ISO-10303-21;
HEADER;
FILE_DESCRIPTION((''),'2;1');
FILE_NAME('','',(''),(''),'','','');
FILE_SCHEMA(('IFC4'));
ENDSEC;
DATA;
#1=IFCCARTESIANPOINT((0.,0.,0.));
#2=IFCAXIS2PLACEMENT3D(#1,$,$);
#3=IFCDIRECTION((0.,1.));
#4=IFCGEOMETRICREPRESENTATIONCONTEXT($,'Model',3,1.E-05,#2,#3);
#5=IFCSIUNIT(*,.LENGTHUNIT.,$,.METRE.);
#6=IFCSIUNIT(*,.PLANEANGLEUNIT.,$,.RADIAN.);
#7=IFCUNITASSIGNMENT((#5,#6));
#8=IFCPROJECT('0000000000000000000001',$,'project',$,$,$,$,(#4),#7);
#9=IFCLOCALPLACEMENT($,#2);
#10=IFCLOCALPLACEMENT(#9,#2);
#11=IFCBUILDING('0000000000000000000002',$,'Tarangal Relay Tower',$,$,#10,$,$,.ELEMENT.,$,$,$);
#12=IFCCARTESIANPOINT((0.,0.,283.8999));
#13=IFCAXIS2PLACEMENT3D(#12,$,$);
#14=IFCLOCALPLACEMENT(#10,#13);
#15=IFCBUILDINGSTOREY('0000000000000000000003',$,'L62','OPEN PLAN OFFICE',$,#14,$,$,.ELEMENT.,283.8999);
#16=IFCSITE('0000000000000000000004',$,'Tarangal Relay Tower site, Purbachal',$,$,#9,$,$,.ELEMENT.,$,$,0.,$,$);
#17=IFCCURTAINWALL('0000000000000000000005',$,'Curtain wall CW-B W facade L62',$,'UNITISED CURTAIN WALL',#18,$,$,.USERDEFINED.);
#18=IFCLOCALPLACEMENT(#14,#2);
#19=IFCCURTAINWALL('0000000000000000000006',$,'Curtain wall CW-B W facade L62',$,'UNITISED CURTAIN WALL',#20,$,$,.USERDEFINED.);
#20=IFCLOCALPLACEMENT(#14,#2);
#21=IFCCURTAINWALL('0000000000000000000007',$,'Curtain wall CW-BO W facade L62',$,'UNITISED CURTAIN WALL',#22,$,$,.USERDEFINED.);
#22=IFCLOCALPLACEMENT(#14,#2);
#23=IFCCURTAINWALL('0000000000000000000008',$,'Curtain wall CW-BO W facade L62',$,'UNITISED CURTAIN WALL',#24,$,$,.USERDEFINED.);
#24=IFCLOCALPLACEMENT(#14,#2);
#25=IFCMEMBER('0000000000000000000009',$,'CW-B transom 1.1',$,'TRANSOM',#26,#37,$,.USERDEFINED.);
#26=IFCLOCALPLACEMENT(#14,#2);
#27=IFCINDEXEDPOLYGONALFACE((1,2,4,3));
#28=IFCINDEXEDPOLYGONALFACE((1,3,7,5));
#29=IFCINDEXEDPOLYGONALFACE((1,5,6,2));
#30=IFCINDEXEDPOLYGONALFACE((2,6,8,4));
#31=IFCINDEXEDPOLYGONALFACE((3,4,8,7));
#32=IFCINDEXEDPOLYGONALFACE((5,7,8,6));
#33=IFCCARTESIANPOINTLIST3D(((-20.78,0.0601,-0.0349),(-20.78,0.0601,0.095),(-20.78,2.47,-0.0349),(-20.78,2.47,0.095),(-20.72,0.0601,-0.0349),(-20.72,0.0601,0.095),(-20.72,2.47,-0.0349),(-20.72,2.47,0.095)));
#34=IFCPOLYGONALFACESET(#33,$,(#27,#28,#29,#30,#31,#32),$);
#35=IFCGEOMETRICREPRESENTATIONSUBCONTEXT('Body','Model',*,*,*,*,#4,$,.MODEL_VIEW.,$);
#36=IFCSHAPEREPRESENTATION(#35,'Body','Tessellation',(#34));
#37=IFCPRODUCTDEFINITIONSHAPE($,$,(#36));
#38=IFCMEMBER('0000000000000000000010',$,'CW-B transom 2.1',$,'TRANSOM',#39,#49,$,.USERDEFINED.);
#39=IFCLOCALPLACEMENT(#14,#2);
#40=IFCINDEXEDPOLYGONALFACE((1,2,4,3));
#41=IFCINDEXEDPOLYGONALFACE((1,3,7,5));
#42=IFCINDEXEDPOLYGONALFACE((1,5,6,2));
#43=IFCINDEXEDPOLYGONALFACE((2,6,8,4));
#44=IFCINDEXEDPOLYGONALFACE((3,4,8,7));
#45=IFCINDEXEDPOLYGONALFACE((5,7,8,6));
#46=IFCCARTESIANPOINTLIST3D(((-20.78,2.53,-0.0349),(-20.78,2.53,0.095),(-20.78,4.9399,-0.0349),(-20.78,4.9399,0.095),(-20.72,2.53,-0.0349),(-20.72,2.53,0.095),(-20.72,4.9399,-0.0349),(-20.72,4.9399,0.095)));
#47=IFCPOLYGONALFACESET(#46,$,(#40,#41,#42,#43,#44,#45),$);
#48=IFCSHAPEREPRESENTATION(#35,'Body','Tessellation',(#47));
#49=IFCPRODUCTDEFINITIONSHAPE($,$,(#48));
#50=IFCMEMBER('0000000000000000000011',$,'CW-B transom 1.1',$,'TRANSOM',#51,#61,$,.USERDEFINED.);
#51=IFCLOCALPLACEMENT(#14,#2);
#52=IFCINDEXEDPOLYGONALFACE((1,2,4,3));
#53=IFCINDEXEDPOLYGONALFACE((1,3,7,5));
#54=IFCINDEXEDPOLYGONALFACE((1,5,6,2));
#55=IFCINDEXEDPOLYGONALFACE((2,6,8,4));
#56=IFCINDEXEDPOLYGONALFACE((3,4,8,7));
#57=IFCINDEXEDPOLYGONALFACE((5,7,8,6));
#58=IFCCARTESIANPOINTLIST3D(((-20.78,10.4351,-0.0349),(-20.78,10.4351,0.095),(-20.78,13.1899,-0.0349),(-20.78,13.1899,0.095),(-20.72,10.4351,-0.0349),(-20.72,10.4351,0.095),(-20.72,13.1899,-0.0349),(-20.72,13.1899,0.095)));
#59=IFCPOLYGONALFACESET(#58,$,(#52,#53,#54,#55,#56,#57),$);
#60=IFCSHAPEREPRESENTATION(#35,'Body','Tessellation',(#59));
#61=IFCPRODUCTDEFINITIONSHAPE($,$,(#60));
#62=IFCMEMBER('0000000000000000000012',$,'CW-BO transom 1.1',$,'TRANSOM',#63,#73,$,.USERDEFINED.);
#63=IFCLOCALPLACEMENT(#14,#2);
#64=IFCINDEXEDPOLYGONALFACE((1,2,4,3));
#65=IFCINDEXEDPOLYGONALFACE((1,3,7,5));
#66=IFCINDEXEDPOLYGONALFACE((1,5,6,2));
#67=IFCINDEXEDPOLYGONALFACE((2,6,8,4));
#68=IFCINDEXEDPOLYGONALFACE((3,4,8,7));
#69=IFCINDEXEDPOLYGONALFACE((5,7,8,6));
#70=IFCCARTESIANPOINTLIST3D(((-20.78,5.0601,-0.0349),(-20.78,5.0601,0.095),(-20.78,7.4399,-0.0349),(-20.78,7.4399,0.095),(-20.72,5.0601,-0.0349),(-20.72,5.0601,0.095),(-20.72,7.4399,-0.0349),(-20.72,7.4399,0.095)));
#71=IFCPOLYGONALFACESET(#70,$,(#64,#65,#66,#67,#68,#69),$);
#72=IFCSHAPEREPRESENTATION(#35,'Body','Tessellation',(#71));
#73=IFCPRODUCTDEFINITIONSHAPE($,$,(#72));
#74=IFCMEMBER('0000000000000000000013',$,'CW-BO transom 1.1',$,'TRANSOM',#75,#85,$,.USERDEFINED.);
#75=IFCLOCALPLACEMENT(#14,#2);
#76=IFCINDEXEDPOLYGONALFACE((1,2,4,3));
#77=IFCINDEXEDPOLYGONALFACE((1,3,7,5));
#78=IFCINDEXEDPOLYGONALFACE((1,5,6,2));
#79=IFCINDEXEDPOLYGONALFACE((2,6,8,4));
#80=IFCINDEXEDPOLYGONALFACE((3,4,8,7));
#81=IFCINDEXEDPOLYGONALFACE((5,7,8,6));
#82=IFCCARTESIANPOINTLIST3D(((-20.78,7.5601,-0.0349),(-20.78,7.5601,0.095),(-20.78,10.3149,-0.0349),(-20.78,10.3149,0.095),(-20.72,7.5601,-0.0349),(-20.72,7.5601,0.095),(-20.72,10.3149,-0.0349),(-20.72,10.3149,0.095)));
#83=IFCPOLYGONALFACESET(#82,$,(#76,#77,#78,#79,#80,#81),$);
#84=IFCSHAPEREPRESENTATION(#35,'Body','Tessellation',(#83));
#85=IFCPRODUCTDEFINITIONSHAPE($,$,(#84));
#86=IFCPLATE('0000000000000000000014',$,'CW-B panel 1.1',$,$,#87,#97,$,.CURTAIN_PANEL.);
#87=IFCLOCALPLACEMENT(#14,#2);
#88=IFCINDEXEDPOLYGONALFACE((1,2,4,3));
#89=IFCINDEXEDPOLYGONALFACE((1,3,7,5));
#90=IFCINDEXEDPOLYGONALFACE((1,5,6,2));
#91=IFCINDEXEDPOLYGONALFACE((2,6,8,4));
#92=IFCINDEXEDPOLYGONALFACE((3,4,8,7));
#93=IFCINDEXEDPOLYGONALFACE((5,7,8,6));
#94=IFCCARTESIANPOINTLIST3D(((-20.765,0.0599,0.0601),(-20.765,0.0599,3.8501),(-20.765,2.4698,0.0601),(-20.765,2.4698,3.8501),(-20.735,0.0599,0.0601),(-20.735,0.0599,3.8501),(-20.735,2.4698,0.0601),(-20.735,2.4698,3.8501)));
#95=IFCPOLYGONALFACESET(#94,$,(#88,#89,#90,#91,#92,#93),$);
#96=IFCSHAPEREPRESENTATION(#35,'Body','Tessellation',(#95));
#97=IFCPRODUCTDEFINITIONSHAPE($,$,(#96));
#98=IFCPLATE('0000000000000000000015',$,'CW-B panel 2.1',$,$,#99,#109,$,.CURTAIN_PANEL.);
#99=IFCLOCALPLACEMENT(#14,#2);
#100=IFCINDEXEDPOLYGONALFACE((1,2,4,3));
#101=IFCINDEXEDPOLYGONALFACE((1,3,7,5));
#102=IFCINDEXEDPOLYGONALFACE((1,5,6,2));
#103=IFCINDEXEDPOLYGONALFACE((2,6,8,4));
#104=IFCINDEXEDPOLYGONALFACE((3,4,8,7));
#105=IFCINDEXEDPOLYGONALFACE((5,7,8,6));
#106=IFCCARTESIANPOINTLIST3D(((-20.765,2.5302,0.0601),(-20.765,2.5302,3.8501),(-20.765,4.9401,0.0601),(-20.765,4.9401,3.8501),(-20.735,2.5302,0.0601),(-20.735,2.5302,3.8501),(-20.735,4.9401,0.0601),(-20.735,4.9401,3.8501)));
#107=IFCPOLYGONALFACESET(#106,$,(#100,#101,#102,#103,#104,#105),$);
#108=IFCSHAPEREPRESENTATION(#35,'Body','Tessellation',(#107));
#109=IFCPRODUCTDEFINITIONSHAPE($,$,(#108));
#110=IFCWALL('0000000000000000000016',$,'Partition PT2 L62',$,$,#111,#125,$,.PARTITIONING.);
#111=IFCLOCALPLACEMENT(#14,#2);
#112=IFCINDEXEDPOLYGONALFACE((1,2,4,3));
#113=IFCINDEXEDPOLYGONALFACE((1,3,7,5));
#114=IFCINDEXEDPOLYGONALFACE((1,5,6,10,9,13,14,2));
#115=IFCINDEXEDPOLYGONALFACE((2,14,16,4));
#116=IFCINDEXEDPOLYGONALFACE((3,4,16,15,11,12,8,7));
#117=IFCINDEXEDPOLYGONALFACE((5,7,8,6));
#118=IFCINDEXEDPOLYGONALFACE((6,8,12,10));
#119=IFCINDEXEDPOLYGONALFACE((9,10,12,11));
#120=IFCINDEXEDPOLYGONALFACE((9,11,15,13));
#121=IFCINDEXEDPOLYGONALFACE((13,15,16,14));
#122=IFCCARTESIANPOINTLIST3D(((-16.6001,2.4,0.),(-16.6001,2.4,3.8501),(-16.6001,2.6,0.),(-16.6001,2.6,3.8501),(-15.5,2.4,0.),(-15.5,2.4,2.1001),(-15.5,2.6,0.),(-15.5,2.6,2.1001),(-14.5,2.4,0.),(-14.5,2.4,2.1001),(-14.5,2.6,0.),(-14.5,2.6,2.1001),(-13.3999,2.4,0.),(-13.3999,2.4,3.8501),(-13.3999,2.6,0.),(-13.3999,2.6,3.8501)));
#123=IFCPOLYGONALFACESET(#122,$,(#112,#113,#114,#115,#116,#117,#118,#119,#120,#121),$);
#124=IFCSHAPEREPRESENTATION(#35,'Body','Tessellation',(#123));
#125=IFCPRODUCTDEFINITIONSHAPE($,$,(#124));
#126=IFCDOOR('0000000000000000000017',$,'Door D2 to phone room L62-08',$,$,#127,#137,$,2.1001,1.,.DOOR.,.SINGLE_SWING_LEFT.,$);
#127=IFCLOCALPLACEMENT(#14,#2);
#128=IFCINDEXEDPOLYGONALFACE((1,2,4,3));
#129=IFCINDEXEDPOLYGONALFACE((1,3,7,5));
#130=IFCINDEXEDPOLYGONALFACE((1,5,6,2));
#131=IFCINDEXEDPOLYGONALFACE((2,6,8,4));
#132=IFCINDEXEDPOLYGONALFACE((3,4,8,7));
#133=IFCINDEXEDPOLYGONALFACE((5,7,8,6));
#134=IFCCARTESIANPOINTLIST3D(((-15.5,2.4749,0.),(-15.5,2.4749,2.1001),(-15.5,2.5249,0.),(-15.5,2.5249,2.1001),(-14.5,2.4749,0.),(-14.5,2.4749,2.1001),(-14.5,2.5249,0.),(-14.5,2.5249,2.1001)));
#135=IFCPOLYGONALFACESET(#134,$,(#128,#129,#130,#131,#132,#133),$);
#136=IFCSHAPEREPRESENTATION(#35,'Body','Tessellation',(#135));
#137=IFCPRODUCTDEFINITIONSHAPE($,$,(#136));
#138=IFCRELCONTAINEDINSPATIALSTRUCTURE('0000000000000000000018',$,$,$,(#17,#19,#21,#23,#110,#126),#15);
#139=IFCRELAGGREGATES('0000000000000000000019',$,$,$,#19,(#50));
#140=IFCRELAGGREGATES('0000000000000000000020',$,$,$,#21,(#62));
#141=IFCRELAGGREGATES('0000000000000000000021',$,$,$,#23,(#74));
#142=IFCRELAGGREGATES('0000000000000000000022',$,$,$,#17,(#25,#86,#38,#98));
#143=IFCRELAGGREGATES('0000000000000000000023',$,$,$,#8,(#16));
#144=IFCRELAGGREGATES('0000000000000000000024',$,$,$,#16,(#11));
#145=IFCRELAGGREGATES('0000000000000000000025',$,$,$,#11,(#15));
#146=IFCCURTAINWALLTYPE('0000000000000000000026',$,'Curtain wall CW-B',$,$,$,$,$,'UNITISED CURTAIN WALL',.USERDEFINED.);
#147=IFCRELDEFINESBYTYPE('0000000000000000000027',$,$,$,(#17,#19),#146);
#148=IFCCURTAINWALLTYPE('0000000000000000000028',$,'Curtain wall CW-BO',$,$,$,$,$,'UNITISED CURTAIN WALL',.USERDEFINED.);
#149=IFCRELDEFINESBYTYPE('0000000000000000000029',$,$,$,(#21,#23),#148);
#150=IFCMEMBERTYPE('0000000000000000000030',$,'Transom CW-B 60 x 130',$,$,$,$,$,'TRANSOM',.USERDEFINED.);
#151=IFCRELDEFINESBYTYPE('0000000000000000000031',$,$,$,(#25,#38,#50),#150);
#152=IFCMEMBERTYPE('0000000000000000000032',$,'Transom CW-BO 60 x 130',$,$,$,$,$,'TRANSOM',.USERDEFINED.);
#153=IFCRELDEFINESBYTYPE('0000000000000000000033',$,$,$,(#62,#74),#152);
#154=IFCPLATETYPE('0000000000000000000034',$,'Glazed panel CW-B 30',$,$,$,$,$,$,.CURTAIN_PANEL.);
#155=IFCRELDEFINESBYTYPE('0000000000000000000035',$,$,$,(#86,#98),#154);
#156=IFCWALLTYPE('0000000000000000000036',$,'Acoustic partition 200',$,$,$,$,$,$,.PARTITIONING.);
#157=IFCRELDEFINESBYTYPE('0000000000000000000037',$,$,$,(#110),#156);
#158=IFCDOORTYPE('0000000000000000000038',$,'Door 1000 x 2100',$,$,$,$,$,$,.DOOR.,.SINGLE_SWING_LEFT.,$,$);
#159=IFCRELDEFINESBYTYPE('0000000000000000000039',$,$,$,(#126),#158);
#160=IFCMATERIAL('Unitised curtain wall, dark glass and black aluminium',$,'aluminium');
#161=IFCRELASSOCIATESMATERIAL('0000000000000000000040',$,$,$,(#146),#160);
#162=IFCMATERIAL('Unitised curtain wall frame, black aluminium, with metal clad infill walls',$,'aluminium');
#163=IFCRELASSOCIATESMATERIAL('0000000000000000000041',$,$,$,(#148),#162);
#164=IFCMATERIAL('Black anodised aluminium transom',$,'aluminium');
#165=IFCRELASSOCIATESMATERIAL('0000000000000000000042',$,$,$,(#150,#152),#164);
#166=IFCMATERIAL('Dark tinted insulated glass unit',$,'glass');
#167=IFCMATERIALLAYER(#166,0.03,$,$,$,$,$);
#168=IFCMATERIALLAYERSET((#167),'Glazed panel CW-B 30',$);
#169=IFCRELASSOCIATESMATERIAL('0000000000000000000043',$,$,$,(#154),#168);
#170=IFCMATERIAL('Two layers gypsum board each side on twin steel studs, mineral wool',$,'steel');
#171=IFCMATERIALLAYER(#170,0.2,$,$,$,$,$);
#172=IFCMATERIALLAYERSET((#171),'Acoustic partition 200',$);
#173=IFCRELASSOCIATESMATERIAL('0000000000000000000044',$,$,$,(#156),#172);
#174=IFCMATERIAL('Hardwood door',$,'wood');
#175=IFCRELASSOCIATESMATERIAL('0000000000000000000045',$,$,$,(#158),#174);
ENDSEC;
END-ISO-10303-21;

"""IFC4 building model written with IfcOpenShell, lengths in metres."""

from ifc_helpers import new_model, si_unit, direction, frame, frame_2d, origin, origin_2d, place, context, subcontext, project, spatial, rectangle, extrude, material, layer, layer_set, material_profile, profile_set, type_object, element, fill, aggregate, save


model = new_model("IFC4")

# Units and contexts
model_context = context("Model", 3, precision=1e-05, world=origin(), true_north=direction((0.0, 1.0)))
body_context = subcontext(model_context, "Body", "Model", "MODEL_VIEW")
ifc_project = project(units=[si_unit("LENGTHUNIT", "METRE"), si_unit("PLANEANGLEUNIT", "RADIAN")], contexts=[model_context])

# Site, building, storey
site_placement = place(None, origin())
site = spatial("IfcSite", under=ifc_project, at=site_placement, Name="Tarangal Relay Tower site, Purbachal", CompositionType="ELEMENT", RefElevation=0.0)
building_placement = place(site_placement, origin())
building = spatial("IfcBuilding", under=site, at=building_placement, Name="Tarangal Relay Tower", CompositionType="ELEMENT")
storey_placement = place(building_placement, frame((0.0, 0.0, 283.8999)))
storey = spatial("IfcBuildingStorey", under=building, at=storey_placement, Name="L62", Description="OPEN PLAN OFFICE", CompositionType="ELEMENT", Elevation=283.8999)

# Curtain wall
ifc_material_1 = material(Name="Unitised curtain wall, dark glass and black aluminium", Category="aluminium")
curtain_wall_type_1 = type_object("IfcCurtainWallType", Name="Curtain wall CW-B", ElementType="UNITISED CURTAIN WALL", PredefinedType="USERDEFINED", material=ifc_material_1)
curtain_wall_1_placement = place(storey_placement, origin())
curtain_wall_1 = element("IfcCurtainWall", 1, at=curtain_wall_1_placement, inside=storey, type_object=curtain_wall_type_1, Name="Curtain wall CW-B W facade L62", ObjectType="UNITISED CURTAIN WALL", PredefinedType="USERDEFINED")

# Curtain wall
curtain_wall_2_placement = place(storey_placement, origin())
curtain_wall_2 = element("IfcCurtainWall", 2, at=curtain_wall_2_placement, inside=storey, type_object=curtain_wall_type_1, Name="Curtain wall CW-B W facade L62", ObjectType="UNITISED CURTAIN WALL", PredefinedType="USERDEFINED")

# Curtain walls
ifc_material_2 = material(Name="Unitised curtain wall frame, black aluminium, with metal clad infill walls", Category="aluminium")
curtain_wall_type_2 = type_object("IfcCurtainWallType", Name="Curtain wall CW-BO", ElementType="UNITISED CURTAIN WALL", PredefinedType="USERDEFINED", material=ifc_material_2)
curtain_wall_3_placement = place(storey_placement, origin())
curtain_wall_3 = element("IfcCurtainWall", 3, at=curtain_wall_3_placement, inside=storey, type_object=curtain_wall_type_2, Name="Curtain wall CW-BO W facade L62", ObjectType="UNITISED CURTAIN WALL", PredefinedType="USERDEFINED")
curtain_wall_4_placement = place(storey_placement, origin())
curtain_wall_4 = element("IfcCurtainWall", 4, at=curtain_wall_4_placement, inside=storey, type_object=curtain_wall_type_2, Name="Curtain wall CW-BO W facade L62", ObjectType="UNITISED CURTAIN WALL", PredefinedType="USERDEFINED")

# Members
ifc_material_3 = material(Name="Black anodised aluminium transom", Category="aluminium")
ifc_material_profile_1 = material_profile(ifc_material_3, rectangle(XDim=0.0601, YDim=0.1299, at=origin_2d()), Name="CW-BT 60X130")
ifc_profile_set_1 = profile_set([ifc_material_profile_1], Name="Black anodised aluminium transom")
member_type_1 = type_object("IfcMemberType", Name="Transom CW-B 60 x 130", ElementType="TRANSOM", PredefinedType="USERDEFINED", material=ifc_profile_set_1)
member_1_placement = place(storey_placement, frame((-20.75, 0.0601, 0.03), z_axis=(0.0, 1.0, 0.0), x_axis=(-1.0, 0.0, 0.0)))
member_1 = element("IfcMember", 5, at=member_1_placement, type_object=member_type_1, Name="CW-B transom 1.1", ObjectType="TRANSOM", PredefinedType="USERDEFINED", context=body_context, shape_type="SweptSolid", body=[
    extrude(rectangle(XDim=0.0601, YDim=0.1299, at=origin_2d()), origin(), (0.0, 0.0, 1.0), 2.4099),
])
member_2_placement = place(storey_placement, frame((-20.75, 2.53, 0.03), z_axis=(0.0, 1.0, 0.0), x_axis=(-1.0, 0.0, 0.0)))
member_2 = element("IfcMember", 6, at=member_2_placement, type_object=member_type_1, Name="CW-B transom 2.1", ObjectType="TRANSOM", PredefinedType="USERDEFINED", context=body_context, shape_type="SweptSolid", body=[
    extrude(rectangle(XDim=0.0601, YDim=0.1299, at=origin_2d()), origin(), (0.0, 0.0, 1.0), 2.4099),
])
member_3_placement = place(storey_placement, frame((-20.75, 10.4351, 0.03), z_axis=(0.0, 1.0, 0.0), x_axis=(-1.0, 0.0, 0.0)))
member_3 = element("IfcMember", 7, at=member_3_placement, type_object=member_type_1, Name="CW-B transom 1.1", ObjectType="TRANSOM", PredefinedType="USERDEFINED", context=body_context, shape_type="SweptSolid", body=[
    extrude(rectangle(XDim=0.0601, YDim=0.1299, at=origin_2d()), origin(), (0.0, 0.0, 1.0), 2.7549),
])
aggregate(curtain_wall_2, [member_3])
ifc_material_profile_2 = material_profile(ifc_material_3, rectangle(XDim=0.0601, YDim=0.1299, at=origin_2d()), Name="CW-BOT 60X130")
ifc_profile_set_2 = profile_set([ifc_material_profile_2], Name="Black anodised aluminium transom")
member_type_2 = type_object("IfcMemberType", Name="Transom CW-BO 60 x 130", ElementType="TRANSOM", PredefinedType="USERDEFINED", material=ifc_profile_set_2)
member_4_placement = place(storey_placement, frame((-20.75, 5.0601, 0.03), z_axis=(0.0, 1.0, 0.0), x_axis=(-1.0, 0.0, 0.0)))
member_4 = element("IfcMember", 8, at=member_4_placement, type_object=member_type_2, Name="CW-BO transom 1.1", ObjectType="TRANSOM", PredefinedType="USERDEFINED", context=body_context, shape_type="SweptSolid", body=[
    extrude(rectangle(XDim=0.0601, YDim=0.1299, at=origin_2d()), origin(), (0.0, 0.0, 1.0), 2.3799),
])
aggregate(curtain_wall_3, [member_4])
member_5_placement = place(storey_placement, frame((-20.75, 7.5601, 0.03), z_axis=(0.0, 1.0, 0.0), x_axis=(-1.0, 0.0, 0.0)))
member_5 = element("IfcMember", 9, at=member_5_placement, type_object=member_type_2, Name="CW-BO transom 1.1", ObjectType="TRANSOM", PredefinedType="USERDEFINED", context=body_context, shape_type="SweptSolid", body=[
    extrude(rectangle(XDim=0.0601, YDim=0.1299, at=origin_2d()), origin(), (0.0, 0.0, 1.0), 2.7549),
])
aggregate(curtain_wall_4, [member_5])

# Plates
ifc_material_4 = material(Name="Dark tinted insulated glass unit", Category="glass")
ifc_layer_1 = layer(ifc_material_4, 0.03)
ifc_layer_set_1 = layer_set([ifc_layer_1], Name="Glazed panel CW-B 30")
plate_type = type_object("IfcPlateType", Name="Glazed panel CW-B 30", PredefinedType="CURTAIN_PANEL", material=ifc_layer_set_1)
plate_1_placement = place(storey_placement, frame((-20.75, 1.2649, 0.0601), z_axis=(0.0, 0.0, 1.0), x_axis=(0.0, 1.0, 0.0)))
plate_1 = element("IfcPlate", 10, at=plate_1_placement, type_object=plate_type, Name="CW-B panel 1.1", PredefinedType="CURTAIN_PANEL", context=body_context, shape_type="SweptSolid", body=[
    extrude(rectangle(XDim=2.4099, YDim=0.03, at=origin_2d()), origin(), (0.0, 0.0, 1.0), 3.79),
])
plate_2_placement = place(storey_placement, frame((-20.75, 3.7351, 0.0601), z_axis=(0.0, 0.0, 1.0), x_axis=(0.0, 1.0, 0.0)))
plate_2 = element("IfcPlate", 11, at=plate_2_placement, type_object=plate_type, Name="CW-B panel 2.1", PredefinedType="CURTAIN_PANEL", context=body_context, shape_type="SweptSolid", body=[
    extrude(rectangle(XDim=2.4099, YDim=0.03, at=origin_2d()), origin(), (0.0, 0.0, 1.0), 3.79),
])
aggregate(curtain_wall_1, [member_1, plate_1, member_2, plate_2])

# Wall, opening, door
ifc_material_5 = material(Name="Two layers gypsum board each side on twin steel studs, mineral wool", Category="steel")
ifc_layer_2 = layer(ifc_material_5, 0.2)
ifc_layer_set_2 = layer_set([ifc_layer_2], Name="Acoustic partition 200")
wall_type_1 = type_object("IfcWallType", Name="Acoustic partition 200", PredefinedType="PARTITIONING", material=ifc_layer_set_2)
wall_1_placement = place(storey_placement, frame((-16.6001, 2.5, 0.0), z_axis=(0.0, 0.0, 1.0), x_axis=(1.0, 0.0, 0.0)))
wall_1 = element("IfcWall", 12, at=wall_1_placement, inside=storey, type_object=wall_type_1, Name="Partition PT2 L62", PredefinedType="PARTITIONING", context=body_context, shape_type="SweptSolid", body=[
    extrude(rectangle(XDim=3.2002, YDim=0.2, at=frame_2d((1.6001, 0.0))), origin(), (0.0, 0.0, 1.0), 3.8501),
])
opening_1_placement = place(wall_1_placement, frame((1.1001, 0.0, 0.0)))
opening_1 = element("IfcOpeningElement", 13, at=opening_1_placement, cuts=wall_1, PredefinedType="OPENING", context=body_context, shape_type="SweptSolid", body=[
    extrude(rectangle(XDim=1.0, YDim=2.1001, at=frame_2d((0.5, 1.05))), frame((0.0, 0.1099, 0.0), z_axis=(0.0, -1.0, 0.0), x_axis=(1.0, 0.0, 0.0)), (0.0, 0.0, 1.0), 0.22),
])
ifc_material_6 = material(Name="Hardwood door", Category="wood")
door_type_1 = type_object("IfcDoorType", Name="Door 1000 x 2100", OperationType="SINGLE_SWING_LEFT", PredefinedType="DOOR", material=ifc_material_6)
door_1_placement = place(opening_1_placement, origin())
door_1 = element("IfcDoor", 14, at=door_1_placement, inside=storey, type_object=door_type_1, Name="Door D2 to phone room L62-08", OperationType="SINGLE_SWING_LEFT", OverallHeight=2.1001, OverallWidth=1.0, PredefinedType="DOOR", context=body_context, shape_type="SweptSolid", body=[
    extrude(rectangle(XDim=1.0, YDim=2.1001, at=frame_2d((0.5, 1.05))), frame((0.0, 0.0249, 0.0), z_axis=(0.0, -1.0, 0.0), x_axis=(1.0, 0.0, 0.0)), (0.0, 0.0, 1.0), 0.05),
])
fill(opening_1, door_1)

save(model, "model.ifc")
